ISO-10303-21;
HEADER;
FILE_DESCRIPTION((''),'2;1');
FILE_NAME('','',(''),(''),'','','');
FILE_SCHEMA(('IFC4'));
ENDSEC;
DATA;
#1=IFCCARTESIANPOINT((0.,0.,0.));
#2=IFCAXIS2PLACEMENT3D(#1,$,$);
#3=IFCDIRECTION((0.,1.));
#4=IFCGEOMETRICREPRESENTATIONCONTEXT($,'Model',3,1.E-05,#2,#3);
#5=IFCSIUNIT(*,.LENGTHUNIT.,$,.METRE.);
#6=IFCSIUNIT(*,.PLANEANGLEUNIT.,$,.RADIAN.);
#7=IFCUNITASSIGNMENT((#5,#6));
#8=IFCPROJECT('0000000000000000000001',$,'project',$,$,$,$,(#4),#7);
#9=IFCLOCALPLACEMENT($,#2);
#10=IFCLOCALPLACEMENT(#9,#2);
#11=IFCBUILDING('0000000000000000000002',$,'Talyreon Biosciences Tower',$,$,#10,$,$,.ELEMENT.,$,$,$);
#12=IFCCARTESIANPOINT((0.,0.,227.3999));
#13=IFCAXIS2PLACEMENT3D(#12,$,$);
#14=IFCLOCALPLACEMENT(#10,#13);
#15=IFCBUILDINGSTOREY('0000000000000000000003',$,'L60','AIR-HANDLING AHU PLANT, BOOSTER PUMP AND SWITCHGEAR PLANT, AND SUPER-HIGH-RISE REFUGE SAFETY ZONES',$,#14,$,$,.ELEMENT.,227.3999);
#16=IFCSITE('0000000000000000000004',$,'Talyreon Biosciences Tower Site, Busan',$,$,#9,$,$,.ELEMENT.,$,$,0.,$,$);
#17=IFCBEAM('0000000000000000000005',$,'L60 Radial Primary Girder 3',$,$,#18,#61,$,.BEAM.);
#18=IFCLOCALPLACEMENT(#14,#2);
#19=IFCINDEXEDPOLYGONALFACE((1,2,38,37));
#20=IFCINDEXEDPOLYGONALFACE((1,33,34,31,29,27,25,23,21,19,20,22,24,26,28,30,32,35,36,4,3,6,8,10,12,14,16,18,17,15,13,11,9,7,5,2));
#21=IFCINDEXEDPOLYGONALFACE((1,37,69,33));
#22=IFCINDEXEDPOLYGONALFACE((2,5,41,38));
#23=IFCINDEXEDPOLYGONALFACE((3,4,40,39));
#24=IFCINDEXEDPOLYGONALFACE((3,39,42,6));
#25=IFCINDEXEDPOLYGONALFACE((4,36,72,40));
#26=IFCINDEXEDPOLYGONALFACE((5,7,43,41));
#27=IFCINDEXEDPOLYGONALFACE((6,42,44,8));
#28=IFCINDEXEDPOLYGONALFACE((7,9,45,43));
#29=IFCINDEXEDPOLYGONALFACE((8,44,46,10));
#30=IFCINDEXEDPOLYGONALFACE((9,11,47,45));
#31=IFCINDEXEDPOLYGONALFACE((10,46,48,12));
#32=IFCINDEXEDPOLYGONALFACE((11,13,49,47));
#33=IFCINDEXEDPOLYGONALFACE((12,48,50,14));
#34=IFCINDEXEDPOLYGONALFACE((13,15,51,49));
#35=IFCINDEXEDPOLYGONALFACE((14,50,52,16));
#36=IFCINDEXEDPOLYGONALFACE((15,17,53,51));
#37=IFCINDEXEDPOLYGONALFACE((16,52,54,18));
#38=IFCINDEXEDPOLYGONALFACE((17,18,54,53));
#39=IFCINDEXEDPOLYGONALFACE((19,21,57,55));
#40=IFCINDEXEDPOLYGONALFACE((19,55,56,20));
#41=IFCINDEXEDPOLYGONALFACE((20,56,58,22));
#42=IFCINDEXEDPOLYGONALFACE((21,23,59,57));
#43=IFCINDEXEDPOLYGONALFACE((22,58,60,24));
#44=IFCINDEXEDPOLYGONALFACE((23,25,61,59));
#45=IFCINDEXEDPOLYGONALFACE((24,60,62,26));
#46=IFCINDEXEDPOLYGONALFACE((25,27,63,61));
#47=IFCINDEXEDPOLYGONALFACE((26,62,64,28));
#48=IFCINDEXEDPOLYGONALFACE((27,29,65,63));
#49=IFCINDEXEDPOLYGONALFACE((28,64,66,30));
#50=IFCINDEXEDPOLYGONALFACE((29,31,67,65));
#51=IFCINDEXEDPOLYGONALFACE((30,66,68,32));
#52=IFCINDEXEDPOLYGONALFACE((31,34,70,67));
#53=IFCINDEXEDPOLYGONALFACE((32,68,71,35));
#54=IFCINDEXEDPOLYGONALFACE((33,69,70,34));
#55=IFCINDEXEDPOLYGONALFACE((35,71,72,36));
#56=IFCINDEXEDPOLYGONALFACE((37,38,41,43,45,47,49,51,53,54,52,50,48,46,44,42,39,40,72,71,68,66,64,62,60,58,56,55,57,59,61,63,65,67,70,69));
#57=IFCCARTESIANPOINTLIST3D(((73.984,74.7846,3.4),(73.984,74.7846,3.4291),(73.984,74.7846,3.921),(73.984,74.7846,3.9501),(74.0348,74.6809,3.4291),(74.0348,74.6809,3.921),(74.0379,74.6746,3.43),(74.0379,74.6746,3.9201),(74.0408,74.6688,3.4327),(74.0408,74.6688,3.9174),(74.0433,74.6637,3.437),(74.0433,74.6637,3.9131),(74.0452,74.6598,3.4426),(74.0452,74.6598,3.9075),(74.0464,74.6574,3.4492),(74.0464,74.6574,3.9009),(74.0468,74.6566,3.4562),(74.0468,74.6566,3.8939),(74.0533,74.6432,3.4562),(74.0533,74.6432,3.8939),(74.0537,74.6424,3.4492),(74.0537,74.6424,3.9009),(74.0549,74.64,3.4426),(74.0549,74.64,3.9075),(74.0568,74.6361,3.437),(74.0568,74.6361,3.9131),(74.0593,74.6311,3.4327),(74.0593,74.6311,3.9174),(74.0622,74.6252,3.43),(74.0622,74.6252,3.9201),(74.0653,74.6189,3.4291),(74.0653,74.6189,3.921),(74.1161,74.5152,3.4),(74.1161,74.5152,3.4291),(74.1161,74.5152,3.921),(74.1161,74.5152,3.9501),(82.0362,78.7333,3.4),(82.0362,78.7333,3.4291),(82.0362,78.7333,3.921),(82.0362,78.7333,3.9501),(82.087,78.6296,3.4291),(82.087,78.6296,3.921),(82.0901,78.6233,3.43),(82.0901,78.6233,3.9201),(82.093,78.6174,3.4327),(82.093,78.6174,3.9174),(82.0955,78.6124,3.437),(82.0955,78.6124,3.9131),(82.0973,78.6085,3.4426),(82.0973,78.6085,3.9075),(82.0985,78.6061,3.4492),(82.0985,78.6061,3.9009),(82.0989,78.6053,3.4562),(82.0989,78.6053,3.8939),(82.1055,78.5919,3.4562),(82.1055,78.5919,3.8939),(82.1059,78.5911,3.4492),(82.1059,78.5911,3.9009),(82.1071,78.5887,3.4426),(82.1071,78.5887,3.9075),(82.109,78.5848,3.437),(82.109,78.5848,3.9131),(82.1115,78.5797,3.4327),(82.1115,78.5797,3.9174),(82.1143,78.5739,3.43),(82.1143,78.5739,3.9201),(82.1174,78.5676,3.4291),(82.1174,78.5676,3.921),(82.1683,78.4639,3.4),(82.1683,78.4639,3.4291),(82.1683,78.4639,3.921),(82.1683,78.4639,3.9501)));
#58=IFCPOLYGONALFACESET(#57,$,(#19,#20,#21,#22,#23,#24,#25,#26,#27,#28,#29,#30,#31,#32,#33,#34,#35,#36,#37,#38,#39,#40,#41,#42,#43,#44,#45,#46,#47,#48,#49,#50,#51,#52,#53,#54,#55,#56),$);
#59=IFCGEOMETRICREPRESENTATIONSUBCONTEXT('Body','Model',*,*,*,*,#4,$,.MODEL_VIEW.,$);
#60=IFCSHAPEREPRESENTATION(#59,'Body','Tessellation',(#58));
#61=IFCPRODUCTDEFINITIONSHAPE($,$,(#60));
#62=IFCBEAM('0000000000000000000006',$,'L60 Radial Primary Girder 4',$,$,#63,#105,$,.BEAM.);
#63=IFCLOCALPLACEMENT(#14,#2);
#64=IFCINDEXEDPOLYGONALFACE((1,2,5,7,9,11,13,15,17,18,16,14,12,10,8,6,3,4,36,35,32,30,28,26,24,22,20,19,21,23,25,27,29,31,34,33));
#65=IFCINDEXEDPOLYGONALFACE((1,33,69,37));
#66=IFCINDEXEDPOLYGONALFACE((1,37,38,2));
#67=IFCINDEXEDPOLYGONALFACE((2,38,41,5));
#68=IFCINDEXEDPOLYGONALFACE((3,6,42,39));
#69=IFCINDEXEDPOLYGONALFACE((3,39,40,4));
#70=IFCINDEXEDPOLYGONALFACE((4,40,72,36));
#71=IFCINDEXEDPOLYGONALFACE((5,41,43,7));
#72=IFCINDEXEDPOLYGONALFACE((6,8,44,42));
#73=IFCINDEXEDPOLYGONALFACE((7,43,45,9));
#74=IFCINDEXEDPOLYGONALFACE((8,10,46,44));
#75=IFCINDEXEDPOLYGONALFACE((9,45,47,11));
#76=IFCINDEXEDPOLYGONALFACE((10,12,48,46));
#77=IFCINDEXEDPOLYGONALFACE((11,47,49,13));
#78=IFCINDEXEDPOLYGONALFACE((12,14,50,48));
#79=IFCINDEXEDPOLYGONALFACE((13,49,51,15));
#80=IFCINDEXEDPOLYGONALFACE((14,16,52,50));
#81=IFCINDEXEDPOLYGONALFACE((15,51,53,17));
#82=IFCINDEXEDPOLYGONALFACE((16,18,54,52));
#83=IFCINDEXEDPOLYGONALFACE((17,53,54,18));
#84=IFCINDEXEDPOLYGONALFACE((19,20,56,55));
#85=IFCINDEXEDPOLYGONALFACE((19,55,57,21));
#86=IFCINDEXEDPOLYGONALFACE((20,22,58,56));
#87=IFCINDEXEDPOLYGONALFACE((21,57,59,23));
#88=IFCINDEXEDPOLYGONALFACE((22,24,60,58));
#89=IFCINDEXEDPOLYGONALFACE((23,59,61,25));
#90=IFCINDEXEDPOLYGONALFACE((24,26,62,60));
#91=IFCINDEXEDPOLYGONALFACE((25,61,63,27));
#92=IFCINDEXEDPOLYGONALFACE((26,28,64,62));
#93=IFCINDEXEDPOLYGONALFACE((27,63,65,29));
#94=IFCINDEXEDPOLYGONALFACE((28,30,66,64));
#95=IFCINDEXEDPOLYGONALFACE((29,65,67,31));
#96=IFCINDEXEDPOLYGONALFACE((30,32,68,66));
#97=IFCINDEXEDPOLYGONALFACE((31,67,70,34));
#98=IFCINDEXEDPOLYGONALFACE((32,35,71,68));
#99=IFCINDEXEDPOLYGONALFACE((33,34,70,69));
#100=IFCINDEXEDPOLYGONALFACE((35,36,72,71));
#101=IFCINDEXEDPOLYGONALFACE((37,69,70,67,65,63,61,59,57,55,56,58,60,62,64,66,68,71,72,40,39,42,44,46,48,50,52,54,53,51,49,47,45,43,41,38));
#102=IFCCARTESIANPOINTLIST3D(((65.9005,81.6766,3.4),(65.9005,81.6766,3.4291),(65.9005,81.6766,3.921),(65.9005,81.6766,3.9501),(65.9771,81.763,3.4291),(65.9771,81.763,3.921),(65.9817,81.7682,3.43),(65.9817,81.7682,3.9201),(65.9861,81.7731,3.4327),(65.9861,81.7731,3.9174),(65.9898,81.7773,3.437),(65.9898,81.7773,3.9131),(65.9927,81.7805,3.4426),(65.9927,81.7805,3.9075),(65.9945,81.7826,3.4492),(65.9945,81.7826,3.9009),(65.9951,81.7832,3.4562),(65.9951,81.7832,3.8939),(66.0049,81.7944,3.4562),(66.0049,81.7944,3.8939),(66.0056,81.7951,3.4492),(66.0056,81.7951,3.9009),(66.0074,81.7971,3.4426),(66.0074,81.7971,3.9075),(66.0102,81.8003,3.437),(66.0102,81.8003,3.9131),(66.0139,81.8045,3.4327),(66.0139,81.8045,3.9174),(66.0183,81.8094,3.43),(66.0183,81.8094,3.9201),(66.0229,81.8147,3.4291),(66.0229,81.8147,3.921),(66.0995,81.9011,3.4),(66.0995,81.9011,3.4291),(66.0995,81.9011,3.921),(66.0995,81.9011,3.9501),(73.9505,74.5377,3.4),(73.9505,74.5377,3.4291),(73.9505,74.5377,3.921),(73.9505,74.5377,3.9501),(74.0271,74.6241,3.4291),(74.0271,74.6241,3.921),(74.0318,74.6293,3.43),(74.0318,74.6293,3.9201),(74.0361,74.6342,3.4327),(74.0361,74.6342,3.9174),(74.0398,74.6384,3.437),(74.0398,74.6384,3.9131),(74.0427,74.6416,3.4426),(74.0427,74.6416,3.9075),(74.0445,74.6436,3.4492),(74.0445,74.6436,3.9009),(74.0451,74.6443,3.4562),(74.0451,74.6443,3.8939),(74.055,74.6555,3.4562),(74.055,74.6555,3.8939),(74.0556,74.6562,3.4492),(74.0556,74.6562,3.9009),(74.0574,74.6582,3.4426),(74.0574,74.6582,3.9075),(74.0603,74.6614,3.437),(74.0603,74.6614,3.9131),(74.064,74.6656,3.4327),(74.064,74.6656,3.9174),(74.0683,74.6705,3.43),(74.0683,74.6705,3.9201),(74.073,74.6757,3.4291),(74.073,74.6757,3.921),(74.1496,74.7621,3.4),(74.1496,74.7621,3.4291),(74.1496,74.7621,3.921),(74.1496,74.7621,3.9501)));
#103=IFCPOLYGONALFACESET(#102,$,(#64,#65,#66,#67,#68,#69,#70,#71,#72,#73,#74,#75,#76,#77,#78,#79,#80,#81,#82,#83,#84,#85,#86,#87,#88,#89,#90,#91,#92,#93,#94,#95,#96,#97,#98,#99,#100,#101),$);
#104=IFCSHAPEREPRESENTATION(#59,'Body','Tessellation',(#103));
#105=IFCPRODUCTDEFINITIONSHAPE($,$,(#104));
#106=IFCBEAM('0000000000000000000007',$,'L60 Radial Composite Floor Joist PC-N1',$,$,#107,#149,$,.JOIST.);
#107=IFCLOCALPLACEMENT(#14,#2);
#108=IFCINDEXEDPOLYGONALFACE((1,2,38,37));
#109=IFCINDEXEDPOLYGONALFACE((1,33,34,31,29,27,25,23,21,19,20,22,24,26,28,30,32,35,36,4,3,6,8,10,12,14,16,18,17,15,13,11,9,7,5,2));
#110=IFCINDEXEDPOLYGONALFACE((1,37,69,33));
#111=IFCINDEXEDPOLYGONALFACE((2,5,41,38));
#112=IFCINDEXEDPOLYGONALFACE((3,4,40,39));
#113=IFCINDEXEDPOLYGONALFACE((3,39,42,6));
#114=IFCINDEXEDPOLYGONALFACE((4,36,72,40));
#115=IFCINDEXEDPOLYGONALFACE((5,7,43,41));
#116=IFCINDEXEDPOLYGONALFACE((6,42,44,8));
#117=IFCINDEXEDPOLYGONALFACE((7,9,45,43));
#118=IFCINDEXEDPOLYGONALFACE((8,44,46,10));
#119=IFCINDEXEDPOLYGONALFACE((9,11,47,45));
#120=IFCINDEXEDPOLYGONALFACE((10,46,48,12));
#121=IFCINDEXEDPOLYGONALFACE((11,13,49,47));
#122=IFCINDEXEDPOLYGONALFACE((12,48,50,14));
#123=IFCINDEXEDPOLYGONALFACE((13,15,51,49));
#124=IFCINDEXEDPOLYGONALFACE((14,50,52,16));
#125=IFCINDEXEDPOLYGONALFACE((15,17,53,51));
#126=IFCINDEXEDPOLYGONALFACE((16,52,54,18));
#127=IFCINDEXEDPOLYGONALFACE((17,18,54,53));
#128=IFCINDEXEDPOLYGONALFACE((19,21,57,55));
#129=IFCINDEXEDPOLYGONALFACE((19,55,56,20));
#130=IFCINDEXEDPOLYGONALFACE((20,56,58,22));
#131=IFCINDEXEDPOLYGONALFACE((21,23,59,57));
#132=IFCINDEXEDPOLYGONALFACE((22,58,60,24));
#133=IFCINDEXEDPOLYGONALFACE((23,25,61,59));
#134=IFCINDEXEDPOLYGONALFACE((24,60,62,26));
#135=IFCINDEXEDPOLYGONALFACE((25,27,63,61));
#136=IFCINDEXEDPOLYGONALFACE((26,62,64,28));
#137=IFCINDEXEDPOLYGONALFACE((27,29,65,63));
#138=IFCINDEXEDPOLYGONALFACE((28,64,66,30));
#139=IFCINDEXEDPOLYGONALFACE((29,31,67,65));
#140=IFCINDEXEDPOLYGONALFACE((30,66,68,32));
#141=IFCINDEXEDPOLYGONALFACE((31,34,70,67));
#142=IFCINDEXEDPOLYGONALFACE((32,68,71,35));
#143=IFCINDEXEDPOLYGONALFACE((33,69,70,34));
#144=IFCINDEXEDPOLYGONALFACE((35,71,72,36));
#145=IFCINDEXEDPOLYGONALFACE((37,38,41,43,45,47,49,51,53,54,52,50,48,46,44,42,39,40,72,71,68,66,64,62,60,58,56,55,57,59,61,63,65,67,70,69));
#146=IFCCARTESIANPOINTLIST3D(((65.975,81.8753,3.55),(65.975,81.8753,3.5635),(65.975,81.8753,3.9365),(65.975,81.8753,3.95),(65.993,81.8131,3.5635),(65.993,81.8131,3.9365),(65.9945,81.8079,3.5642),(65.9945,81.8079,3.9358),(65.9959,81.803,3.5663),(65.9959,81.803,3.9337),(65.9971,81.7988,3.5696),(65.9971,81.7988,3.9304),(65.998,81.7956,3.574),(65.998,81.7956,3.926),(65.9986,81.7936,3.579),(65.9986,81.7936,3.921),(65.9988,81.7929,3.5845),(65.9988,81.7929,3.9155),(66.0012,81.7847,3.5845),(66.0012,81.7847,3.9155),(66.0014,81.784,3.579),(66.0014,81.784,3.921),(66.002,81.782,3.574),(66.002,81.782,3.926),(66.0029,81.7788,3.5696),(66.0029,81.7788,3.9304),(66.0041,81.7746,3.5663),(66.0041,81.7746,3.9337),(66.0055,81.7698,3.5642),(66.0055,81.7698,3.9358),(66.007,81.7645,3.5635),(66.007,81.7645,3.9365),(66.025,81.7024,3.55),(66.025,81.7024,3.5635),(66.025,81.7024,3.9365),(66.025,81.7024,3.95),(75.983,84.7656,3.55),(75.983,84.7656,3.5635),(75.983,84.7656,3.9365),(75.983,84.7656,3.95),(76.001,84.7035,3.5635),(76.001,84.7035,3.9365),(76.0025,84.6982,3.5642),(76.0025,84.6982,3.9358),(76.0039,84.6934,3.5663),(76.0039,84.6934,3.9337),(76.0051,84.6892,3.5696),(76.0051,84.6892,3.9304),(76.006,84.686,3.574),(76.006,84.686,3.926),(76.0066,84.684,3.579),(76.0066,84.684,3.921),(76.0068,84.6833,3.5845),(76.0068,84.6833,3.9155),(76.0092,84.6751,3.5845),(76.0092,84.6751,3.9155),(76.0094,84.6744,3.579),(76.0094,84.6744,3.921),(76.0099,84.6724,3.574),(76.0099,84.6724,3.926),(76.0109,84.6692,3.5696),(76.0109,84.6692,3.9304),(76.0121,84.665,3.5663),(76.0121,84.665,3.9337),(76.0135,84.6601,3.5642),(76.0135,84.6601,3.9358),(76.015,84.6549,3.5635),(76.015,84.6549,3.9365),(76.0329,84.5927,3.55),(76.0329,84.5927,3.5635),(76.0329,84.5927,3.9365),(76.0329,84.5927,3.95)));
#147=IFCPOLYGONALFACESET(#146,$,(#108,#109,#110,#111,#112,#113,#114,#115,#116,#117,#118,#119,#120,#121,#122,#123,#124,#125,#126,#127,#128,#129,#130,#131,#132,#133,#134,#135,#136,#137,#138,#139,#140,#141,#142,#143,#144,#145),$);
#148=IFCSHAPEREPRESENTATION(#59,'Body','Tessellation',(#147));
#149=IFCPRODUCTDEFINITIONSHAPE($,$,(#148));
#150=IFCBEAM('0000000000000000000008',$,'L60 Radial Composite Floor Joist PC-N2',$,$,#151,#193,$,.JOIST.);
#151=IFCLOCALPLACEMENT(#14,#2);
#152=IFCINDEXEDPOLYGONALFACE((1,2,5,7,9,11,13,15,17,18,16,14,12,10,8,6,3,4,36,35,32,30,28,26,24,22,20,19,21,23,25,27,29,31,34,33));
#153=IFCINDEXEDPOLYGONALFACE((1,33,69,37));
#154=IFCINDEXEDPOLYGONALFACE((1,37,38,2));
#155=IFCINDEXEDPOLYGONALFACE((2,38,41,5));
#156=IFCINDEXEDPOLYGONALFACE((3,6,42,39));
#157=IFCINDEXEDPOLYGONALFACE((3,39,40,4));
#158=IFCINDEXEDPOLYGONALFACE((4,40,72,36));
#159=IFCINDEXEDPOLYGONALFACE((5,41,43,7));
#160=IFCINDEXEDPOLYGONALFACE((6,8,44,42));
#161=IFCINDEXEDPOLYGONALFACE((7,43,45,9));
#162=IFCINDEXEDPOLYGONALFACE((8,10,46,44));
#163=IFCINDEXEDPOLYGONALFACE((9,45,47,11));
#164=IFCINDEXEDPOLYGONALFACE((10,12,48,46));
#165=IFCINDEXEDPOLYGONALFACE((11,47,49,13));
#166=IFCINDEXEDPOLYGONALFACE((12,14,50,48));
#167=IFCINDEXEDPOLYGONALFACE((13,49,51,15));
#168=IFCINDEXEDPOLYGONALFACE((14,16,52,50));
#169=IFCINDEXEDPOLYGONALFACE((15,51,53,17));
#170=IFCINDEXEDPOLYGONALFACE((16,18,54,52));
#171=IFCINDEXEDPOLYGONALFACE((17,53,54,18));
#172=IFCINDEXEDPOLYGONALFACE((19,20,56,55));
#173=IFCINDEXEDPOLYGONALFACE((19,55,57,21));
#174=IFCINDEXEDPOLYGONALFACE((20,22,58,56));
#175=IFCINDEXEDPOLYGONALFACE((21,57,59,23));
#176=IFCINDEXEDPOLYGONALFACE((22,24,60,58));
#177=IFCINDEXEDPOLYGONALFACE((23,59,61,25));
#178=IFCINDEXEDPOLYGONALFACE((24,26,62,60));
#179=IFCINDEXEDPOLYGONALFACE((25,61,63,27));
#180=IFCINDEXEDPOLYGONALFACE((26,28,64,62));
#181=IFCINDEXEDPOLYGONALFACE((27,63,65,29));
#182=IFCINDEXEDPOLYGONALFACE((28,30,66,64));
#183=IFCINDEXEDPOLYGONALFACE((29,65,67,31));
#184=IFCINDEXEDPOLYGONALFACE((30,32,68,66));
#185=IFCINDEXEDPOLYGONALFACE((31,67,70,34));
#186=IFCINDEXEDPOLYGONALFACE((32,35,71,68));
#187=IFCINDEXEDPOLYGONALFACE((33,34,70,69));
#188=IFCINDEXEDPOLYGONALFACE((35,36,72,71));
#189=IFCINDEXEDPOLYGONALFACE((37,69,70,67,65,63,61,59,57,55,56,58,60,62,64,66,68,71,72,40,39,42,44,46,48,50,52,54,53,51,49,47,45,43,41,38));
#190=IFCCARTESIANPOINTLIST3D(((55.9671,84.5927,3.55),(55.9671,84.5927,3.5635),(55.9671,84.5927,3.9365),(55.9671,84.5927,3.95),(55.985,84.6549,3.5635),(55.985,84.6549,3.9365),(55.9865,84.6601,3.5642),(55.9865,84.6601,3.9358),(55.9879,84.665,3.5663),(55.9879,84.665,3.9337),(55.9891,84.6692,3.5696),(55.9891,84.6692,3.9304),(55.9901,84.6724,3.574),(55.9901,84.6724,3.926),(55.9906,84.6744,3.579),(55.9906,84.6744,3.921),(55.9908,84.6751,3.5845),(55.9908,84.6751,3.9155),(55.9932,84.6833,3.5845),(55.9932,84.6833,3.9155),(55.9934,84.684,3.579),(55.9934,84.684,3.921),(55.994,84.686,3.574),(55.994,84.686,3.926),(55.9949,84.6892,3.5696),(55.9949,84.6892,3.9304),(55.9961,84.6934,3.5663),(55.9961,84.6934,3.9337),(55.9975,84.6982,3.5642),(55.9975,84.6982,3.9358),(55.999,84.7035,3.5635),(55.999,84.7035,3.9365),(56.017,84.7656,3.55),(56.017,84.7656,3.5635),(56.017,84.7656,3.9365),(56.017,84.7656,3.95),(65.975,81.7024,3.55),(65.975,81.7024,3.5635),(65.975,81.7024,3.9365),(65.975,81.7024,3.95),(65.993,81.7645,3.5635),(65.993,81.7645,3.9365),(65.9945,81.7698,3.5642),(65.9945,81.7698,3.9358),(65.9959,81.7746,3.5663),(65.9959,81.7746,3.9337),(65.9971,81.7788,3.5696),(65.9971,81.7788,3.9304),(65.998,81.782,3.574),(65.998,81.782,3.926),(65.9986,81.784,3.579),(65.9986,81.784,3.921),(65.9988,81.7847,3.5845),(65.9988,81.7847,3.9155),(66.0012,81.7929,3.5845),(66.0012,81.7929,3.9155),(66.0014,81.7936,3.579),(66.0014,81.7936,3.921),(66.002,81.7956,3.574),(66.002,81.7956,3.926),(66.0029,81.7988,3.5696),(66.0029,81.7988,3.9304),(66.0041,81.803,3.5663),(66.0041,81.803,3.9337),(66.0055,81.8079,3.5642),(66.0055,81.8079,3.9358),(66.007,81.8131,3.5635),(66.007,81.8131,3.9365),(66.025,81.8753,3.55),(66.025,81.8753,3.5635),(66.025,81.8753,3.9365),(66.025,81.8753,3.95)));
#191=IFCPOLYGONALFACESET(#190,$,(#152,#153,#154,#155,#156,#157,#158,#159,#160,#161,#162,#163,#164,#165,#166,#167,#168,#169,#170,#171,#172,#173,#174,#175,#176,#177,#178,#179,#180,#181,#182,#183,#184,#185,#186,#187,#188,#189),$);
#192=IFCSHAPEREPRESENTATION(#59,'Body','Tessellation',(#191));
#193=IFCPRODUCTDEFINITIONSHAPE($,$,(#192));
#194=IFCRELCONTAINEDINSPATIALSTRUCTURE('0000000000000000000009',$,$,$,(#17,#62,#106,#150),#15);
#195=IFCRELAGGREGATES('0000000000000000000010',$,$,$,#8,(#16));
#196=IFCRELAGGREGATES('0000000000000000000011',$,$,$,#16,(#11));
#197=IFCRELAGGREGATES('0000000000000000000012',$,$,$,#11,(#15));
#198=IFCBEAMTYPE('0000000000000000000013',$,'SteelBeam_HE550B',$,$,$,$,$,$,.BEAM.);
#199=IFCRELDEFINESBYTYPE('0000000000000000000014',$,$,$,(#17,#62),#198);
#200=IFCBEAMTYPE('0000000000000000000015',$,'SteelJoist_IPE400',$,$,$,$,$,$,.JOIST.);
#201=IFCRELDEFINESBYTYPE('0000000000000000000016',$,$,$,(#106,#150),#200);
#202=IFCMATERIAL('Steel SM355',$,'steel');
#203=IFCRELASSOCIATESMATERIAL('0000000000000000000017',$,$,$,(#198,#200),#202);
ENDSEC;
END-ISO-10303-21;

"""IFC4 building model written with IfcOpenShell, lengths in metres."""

from ifc_helpers import new_model, si_unit, direction, frame, origin, origin_2d, place, context, subcontext, project, spatial, i_section, extrude, material, material_profile, profile_set, type_object, element, save


model = new_model("IFC4")

# Units and contexts
model_context = context("Model", 3, precision=1e-05, world=origin(), true_north=direction((0.0, 1.0)))
body_context = subcontext(model_context, "Body", "Model", "MODEL_VIEW")
ifc_project = project(units=[si_unit("LENGTHUNIT", "METRE"), si_unit("PLANEANGLEUNIT", "RADIAN")], contexts=[model_context])

# Site, building, storey
site_placement = place(None, origin())
site = spatial("IfcSite", under=ifc_project, at=site_placement, Name="Talyreon Biosciences Tower Site, Busan", CompositionType="ELEMENT", RefElevation=0.0)
building_placement = place(site_placement, origin())
building = spatial("IfcBuilding", under=site, at=building_placement, Name="Talyreon Biosciences Tower", CompositionType="ELEMENT")
storey_placement = place(building_placement, frame((0.0, 0.0, 227.3999)))
storey = spatial("IfcBuildingStorey", under=building, at=storey_placement, Name="L60", Description="AIR-HANDLING AHU PLANT, BOOSTER PUMP AND SWITCHGEAR PLANT, AND SUPER-HIGH-RISE REFUGE SAFETY ZONES", CompositionType="ELEMENT", Elevation=227.3999)

# Shared definitions
ifc_material_1 = material(Name="Steel SM355", Category="steel")

# Beams
ifc_material_profile_1 = material_profile(ifc_material_1, i_section(OverallWidth=0.3, OverallDepth=0.55, WebThickness=0.0149, FlangeThickness=0.0291, FilletRadius=0.0271, at=origin_2d()), Name="HE550B")
ifc_profile_set_1 = profile_set([ifc_material_profile_1], Name="Steel SM355")
beam_type_1 = type_object("IfcBeamType", Name="SteelBeam_HE550B", PredefinedType="BEAM", material=ifc_profile_set_1)
beam_1_placement = place(storey_placement, frame((74.05, 74.6499, 3.675), z_axis=(0.897852, 0.440297, 0.0), x_axis=(-0.440297, 0.897852, 0.0)))
element("IfcBeam", 1, at=beam_1_placement, inside=storey, type_object=beam_type_1, Name="L60 Radial Primary Girder 3", PredefinedType="BEAM", context=body_context, shape_type="SweptSolid", body=[
    extrude(i_section(OverallWidth=0.3, OverallDepth=0.55, WebThickness=0.0149, FlangeThickness=0.0291, FilletRadius=0.0271, at=origin_2d()), origin(), (0.0, 0.0, 1.0), 8.9683),
])
beam_2_placement = place(storey_placement, frame((74.05, 74.6499, 3.675), z_axis=(-0.748179, 0.663497, 0.0), x_axis=(-0.663497, -0.748179, 0.0)))
element("IfcBeam", 2, at=beam_2_placement, inside=storey, type_object=beam_type_1, Name="L60 Radial Primary Girder 4", PredefinedType="BEAM", context=body_context, shape_type="SweptSolid", body=[
    extrude(i_section(OverallWidth=0.3, OverallDepth=0.55, WebThickness=0.0149, FlangeThickness=0.0291, FilletRadius=0.0271, at=origin_2d()), origin(), (0.0, 0.0, 1.0), 10.7595),
])
ifc_material_profile_2 = material_profile(ifc_material_1, i_section(OverallWidth=0.1799, OverallDepth=0.3999, WebThickness=0.0085, FlangeThickness=0.0134, FilletRadius=0.021, at=origin_2d()), Name="IPE400")
ifc_profile_set_2 = profile_set([ifc_material_profile_2], Name="Steel SM355")
beam_type_2 = type_object("IfcBeamType", Name="SteelJoist_IPE400", PredefinedType="JOIST", material=ifc_profile_set_2)
for number, where, z_axis, x_axis, name in (
    (3, (66.0, 81.7888, 3.75), (0.960736, 0.277466, 0.0), (-0.277466, 0.960736, 0.0), "L60 Radial Composite Floor Joist PC-N1"),
    (4, (66.0, 81.7888, 3.75), (-0.960736, 0.277466, 0.0), (-0.277466, -0.960736, 0.0), "L60 Radial Composite Floor Joist PC-N2"),
):
    element("IfcBeam", number, at=place(storey_placement, frame(where, z_axis=z_axis, x_axis=x_axis)), inside=storey, type_object=beam_type_2, Name=name, PredefinedType="JOIST", context=body_context, shape_type="SweptSolid", body=[
        extrude(i_section(OverallWidth=0.1799, OverallDepth=0.3999, WebThickness=0.0085, FlangeThickness=0.0134, FilletRadius=0.021, at=origin_2d()), origin(), (0.0, 0.0, 1.0), 10.417),
    ])

save(model, "model.ifc")
